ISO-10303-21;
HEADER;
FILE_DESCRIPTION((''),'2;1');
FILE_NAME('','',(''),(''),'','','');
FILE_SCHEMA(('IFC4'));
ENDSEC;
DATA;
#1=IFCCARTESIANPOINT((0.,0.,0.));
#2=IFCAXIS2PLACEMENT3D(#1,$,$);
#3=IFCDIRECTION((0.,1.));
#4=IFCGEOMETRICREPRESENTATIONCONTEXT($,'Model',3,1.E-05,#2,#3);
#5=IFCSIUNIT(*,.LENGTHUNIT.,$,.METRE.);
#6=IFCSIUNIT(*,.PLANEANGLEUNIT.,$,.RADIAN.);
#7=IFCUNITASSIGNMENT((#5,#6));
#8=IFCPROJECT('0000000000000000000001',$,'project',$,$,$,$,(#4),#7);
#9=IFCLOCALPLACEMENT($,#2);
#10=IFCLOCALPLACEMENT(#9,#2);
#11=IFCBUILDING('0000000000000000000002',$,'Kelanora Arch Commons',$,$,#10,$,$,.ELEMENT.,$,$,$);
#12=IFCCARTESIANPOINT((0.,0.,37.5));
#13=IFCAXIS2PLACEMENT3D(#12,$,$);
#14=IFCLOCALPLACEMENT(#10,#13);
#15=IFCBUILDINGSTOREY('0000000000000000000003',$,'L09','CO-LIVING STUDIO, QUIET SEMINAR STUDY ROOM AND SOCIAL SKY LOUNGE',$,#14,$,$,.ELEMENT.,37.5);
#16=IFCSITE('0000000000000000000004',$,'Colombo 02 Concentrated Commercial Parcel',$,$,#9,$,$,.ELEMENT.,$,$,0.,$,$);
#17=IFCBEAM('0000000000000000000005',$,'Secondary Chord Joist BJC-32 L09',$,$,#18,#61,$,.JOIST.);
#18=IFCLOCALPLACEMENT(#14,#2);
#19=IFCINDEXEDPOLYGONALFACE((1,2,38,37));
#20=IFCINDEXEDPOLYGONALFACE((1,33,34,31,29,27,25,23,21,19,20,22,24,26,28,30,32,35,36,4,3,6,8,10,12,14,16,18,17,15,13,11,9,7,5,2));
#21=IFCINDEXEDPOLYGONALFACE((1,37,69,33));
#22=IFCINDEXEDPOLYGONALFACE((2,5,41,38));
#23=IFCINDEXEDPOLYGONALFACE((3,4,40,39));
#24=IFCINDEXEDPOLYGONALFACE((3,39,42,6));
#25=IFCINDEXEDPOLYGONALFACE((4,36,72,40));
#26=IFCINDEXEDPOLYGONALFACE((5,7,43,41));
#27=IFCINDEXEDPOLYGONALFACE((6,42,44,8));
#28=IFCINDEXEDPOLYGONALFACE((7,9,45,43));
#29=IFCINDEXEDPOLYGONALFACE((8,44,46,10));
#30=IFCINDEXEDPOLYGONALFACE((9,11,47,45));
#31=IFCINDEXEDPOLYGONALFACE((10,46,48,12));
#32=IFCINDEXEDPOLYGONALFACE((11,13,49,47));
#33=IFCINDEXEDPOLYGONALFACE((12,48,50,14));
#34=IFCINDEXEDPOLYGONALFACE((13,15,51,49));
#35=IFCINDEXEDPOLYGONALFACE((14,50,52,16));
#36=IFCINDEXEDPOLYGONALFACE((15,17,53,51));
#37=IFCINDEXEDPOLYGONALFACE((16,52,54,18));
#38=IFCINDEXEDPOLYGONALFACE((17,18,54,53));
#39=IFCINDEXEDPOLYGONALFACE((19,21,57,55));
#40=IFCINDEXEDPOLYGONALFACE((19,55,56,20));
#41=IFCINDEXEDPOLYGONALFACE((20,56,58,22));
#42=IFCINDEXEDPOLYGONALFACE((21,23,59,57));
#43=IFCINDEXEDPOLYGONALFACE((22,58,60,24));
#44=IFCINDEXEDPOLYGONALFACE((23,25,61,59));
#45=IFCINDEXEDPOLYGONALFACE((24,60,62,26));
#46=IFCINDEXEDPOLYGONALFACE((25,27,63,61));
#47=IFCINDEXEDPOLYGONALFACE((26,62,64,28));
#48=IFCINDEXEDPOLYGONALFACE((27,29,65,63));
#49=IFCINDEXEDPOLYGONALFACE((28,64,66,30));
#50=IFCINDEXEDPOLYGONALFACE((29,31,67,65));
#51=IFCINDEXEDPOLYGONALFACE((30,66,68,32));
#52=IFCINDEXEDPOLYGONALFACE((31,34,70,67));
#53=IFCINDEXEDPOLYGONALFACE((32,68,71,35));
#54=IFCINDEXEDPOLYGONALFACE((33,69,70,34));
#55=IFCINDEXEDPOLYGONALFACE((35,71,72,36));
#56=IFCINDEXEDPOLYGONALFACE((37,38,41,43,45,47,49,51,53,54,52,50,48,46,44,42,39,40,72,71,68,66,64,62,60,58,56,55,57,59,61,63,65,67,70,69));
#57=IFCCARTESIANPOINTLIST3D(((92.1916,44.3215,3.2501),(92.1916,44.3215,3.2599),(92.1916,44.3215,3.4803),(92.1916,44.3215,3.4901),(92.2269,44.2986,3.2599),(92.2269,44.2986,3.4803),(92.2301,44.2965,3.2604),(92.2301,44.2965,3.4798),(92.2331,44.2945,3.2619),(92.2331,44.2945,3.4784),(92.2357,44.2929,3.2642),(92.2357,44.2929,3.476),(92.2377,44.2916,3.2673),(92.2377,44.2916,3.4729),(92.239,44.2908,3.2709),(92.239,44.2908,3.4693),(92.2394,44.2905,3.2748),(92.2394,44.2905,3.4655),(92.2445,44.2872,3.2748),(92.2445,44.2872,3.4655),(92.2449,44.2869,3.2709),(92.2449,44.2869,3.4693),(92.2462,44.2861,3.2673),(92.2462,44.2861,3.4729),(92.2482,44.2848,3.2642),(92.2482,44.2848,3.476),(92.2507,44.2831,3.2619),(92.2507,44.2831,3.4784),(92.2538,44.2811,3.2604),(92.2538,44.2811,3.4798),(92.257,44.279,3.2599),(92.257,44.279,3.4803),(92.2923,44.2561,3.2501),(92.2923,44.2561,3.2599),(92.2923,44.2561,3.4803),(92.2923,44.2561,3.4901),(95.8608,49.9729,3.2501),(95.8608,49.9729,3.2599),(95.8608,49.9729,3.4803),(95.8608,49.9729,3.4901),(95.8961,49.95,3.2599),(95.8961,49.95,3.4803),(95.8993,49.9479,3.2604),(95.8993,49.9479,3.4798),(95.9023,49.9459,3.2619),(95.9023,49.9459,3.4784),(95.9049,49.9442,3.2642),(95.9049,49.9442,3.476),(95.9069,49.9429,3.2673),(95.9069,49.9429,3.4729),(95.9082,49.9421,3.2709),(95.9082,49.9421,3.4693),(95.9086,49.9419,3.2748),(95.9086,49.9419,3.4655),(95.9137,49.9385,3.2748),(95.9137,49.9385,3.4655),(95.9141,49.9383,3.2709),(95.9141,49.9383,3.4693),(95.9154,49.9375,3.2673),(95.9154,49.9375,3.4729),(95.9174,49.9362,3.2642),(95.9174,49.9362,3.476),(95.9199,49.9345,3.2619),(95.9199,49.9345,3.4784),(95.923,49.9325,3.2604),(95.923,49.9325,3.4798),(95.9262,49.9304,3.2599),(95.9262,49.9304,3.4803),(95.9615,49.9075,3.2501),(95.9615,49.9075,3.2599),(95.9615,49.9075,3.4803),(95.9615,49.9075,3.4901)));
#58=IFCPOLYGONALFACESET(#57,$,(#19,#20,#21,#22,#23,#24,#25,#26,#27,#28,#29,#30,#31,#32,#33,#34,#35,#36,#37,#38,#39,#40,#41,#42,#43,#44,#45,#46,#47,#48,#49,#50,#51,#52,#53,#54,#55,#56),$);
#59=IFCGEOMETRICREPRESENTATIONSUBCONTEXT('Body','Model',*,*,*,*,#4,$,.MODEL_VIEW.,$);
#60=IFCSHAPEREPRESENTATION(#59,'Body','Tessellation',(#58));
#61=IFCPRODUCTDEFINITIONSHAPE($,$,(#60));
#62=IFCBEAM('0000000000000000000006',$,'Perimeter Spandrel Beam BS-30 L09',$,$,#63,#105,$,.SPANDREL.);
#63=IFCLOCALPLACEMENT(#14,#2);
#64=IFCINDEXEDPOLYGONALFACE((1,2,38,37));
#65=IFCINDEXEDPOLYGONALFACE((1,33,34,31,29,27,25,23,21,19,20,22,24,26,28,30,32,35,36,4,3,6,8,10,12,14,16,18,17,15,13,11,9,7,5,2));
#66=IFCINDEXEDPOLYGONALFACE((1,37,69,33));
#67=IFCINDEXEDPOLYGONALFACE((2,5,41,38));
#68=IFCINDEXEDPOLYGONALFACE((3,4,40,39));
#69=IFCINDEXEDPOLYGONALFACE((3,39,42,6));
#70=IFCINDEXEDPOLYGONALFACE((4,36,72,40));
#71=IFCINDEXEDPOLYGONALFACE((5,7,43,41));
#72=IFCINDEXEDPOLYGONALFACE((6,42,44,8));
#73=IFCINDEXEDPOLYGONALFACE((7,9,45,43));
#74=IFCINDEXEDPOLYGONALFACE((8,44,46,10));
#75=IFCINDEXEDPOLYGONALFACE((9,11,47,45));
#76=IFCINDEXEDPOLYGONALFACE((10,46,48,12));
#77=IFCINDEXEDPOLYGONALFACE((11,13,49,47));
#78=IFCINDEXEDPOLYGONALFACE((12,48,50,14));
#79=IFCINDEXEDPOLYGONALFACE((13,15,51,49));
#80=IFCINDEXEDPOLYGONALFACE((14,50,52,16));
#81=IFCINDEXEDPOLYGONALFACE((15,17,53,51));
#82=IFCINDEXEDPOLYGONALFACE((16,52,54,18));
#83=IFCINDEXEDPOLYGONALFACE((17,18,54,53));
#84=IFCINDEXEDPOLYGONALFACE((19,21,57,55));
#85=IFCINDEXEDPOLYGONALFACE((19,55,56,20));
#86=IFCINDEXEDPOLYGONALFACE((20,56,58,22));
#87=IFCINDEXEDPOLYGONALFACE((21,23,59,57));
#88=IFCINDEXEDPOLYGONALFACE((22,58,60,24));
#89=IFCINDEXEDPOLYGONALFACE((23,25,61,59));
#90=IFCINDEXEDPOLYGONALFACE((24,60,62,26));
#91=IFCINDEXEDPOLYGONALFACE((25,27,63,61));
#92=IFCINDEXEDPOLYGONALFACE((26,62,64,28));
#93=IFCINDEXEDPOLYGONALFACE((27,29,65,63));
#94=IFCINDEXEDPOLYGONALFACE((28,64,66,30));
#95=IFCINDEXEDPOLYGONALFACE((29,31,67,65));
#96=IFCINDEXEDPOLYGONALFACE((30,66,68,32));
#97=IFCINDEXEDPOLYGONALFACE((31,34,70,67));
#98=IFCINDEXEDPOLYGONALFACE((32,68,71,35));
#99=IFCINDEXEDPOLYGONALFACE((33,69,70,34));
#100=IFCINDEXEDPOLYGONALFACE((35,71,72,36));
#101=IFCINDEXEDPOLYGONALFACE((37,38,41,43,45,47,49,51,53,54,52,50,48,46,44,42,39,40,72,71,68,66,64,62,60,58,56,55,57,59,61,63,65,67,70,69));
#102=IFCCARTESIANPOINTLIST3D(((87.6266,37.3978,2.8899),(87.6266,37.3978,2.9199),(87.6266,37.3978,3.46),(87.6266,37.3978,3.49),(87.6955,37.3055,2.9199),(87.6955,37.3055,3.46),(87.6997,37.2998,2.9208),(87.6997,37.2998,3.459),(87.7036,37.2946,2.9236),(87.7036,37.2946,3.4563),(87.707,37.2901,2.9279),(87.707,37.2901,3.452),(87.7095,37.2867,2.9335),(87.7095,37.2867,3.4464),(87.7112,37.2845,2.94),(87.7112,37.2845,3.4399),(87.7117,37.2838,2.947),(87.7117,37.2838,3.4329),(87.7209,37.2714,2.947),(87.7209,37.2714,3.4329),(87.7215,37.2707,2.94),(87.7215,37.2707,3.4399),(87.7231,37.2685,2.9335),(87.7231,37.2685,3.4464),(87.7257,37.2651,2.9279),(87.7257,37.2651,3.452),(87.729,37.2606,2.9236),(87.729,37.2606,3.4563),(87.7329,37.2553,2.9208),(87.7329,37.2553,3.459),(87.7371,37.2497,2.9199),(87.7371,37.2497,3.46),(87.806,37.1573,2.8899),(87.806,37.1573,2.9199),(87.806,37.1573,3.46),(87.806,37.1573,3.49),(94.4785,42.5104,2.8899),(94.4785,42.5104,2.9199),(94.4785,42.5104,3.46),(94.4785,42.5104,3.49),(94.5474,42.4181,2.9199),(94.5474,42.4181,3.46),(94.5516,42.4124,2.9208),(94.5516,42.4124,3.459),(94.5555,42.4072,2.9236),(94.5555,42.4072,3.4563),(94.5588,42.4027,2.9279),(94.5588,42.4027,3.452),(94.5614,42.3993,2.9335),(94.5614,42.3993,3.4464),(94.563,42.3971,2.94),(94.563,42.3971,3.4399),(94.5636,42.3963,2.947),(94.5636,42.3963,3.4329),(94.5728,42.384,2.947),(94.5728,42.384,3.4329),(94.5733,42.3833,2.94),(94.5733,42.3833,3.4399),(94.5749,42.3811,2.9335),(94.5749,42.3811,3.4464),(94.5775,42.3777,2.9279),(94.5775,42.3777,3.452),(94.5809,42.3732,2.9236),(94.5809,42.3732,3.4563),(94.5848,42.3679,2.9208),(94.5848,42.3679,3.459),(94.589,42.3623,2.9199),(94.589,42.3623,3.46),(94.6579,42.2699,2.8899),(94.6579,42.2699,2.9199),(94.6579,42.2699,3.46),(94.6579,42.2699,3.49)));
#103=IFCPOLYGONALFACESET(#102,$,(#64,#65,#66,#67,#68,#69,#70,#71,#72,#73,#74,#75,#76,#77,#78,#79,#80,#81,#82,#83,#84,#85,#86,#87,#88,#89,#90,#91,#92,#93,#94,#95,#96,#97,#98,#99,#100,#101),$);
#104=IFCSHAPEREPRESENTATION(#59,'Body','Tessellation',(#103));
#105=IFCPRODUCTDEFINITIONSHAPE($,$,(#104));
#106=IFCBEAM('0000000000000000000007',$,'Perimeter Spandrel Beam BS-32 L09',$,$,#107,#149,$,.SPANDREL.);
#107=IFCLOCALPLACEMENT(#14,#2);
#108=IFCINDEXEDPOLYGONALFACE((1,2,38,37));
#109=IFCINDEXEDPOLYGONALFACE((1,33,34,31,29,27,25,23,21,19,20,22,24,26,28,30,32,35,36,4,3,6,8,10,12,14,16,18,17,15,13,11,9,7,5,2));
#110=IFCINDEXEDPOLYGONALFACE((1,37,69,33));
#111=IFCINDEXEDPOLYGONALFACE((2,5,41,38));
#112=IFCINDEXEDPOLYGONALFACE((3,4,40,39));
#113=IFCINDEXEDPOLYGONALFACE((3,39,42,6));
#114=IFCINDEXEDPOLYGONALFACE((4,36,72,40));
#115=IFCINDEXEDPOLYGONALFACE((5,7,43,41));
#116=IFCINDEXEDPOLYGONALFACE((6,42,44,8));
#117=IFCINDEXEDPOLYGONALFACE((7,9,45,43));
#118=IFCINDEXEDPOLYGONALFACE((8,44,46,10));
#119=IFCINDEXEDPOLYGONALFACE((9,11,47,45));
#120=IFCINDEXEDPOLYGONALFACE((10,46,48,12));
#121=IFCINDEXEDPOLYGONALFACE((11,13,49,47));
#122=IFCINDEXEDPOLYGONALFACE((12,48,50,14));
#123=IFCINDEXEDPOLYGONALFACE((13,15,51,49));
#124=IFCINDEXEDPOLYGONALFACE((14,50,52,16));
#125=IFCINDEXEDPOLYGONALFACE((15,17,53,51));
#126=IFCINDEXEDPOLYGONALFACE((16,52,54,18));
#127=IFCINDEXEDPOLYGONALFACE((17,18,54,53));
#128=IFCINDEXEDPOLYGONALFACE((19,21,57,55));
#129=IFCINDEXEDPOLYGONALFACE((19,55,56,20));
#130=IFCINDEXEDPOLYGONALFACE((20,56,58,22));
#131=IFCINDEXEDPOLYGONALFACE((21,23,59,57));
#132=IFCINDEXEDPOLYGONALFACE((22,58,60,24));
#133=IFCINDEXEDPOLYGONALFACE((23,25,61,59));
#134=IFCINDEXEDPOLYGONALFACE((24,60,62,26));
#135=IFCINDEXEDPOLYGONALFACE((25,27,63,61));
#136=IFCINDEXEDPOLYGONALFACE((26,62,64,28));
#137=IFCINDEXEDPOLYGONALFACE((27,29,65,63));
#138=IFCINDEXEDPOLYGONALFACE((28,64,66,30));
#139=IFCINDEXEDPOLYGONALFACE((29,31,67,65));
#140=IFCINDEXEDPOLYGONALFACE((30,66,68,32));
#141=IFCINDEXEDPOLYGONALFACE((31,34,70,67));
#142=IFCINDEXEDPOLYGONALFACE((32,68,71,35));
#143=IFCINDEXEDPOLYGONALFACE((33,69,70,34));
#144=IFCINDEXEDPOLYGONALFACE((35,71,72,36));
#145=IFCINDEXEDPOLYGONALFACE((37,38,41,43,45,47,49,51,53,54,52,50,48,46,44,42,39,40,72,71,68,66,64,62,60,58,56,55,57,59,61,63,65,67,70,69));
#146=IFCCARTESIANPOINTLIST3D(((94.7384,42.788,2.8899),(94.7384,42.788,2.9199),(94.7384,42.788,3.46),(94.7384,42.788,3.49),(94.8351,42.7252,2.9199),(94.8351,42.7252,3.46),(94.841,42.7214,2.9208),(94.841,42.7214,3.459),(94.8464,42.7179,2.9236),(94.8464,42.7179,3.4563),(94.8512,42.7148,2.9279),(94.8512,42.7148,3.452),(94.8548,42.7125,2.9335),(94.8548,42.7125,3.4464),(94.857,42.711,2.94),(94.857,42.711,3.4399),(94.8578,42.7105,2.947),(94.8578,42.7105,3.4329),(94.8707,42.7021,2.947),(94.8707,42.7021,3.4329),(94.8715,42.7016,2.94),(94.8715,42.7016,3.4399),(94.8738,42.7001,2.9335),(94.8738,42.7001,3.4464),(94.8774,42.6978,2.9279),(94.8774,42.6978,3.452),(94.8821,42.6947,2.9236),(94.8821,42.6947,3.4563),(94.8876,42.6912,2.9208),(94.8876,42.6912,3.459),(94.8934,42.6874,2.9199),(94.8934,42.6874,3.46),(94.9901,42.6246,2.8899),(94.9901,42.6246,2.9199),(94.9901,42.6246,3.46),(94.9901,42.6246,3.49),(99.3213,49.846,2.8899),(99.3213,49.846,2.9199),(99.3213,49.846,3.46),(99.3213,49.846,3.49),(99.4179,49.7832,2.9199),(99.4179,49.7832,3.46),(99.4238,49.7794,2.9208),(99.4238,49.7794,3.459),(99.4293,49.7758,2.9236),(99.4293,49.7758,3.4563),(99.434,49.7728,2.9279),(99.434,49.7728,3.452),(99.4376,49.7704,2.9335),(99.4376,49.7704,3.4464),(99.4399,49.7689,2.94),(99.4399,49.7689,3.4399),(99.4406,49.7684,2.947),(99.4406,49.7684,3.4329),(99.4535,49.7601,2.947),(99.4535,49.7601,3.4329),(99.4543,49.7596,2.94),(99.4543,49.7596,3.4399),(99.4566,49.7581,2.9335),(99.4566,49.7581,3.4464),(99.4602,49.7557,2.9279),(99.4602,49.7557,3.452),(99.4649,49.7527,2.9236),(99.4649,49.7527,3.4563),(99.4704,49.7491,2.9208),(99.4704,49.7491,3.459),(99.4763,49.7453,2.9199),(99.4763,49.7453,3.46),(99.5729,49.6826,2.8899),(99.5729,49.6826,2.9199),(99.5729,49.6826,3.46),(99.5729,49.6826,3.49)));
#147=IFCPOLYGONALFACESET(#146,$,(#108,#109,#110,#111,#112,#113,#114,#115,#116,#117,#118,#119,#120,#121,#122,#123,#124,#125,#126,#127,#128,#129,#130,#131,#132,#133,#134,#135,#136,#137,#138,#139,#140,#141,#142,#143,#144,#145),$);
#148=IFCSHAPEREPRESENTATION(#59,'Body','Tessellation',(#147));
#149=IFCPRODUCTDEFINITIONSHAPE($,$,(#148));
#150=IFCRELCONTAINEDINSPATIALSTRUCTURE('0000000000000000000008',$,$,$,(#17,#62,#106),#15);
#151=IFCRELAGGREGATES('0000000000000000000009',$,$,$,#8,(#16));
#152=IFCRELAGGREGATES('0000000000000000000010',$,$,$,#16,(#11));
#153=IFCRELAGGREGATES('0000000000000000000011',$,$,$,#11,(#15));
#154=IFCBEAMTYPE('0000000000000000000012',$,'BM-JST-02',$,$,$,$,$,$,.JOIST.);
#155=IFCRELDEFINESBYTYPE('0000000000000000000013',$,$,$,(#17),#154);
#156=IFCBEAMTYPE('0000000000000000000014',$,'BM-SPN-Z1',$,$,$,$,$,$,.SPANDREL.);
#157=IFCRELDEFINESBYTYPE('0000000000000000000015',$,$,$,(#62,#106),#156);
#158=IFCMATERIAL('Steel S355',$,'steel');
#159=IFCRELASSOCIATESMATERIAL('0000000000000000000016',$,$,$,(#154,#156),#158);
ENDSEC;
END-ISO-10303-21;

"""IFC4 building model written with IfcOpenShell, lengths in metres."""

from ifc_helpers import new_model, si_unit, direction, frame, origin, origin_2d, place, context, subcontext, project, spatial, i_section, extrude, material, material_profile, profile_set, type_object, element, save


model = new_model("IFC4")

# Units and contexts
model_context = context("Model", 3, precision=1e-05, world=origin(), true_north=direction((0.0, 1.0)))
body_context = subcontext(model_context, "Body", "Model", "MODEL_VIEW")
ifc_project = project(units=[si_unit("LENGTHUNIT", "METRE"), si_unit("PLANEANGLEUNIT", "RADIAN")], contexts=[model_context])

# Site, building, storey
site_placement = place(None, origin())
site = spatial("IfcSite", under=ifc_project, at=site_placement, Name="Colombo 02 Concentrated Commercial Parcel", CompositionType="ELEMENT", RefElevation=0.0)
building_placement = place(site_placement, origin())
building = spatial("IfcBuilding", under=site, at=building_placement, Name="Kelanora Arch Commons", CompositionType="ELEMENT")
storey_placement = place(building_placement, frame((0.0, 0.0, 37.5)))
storey = spatial("IfcBuildingStorey", under=building, at=storey_placement, Name="L09", Description="CO-LIVING STUDIO, QUIET SEMINAR STUDY ROOM AND SOCIAL SKY LOUNGE", CompositionType="ELEMENT", Elevation=37.5)

# Beams
ifc_material_1 = material(Name="Steel S355", Category="steel")
ifc_material_profile_1 = material_profile(ifc_material_1, i_section(OverallWidth=0.1201, OverallDepth=0.24, WebThickness=0.0061, FlangeThickness=0.0098, FilletRadius=0.0149, at=origin_2d()), Name="IPE240")
ifc_profile_set_1 = profile_set([ifc_material_profile_1], Name="Steel S355")
beam_type_1 = type_object("IfcBeamType", Name="BM-JST-02", PredefinedType="JOIST", material=ifc_profile_set_1)
beam_1_placement = place(storey_placement, frame((92.2419, 44.2888, 3.3701), z_axis=(0.54455, 0.838728, 0.0), x_axis=(-0.838728, 0.54455, 0.0)))
element("IfcBeam", 1, at=beam_1_placement, inside=storey, type_object=beam_type_1, Name="Secondary Chord Joist BJC-32 L09", PredefinedType="JOIST", context=body_context, shape_type="SweptSolid", body=[
    extrude(i_section(OverallWidth=0.1201, OverallDepth=0.24, WebThickness=0.0061, FlangeThickness=0.0098, FilletRadius=0.0149, at=origin_2d()), origin(), (0.0, 0.0, 1.0), 6.738),
])
ifc_material_profile_2 = material_profile(ifc_material_1, i_section(OverallWidth=0.3, OverallDepth=0.6001, WebThickness=0.0154, FlangeThickness=0.03, FilletRadius=0.0271, at=origin_2d()), Name="HEB600")
ifc_profile_set_2 = profile_set([ifc_material_profile_2], Name="Steel S355")
beam_type_2 = type_object("IfcBeamType", Name="BM-SPN-Z1", PredefinedType="SPANDREL", material=ifc_profile_set_2)
beam_2_placement = place(storey_placement, frame((87.7163, 37.2776, 3.1899), z_axis=(0.801475, 0.598029, 0.0), x_axis=(-0.598029, 0.801475, 0.0)))
element("IfcBeam", 2, at=beam_2_placement, inside=storey, type_object=beam_type_2, Name="Perimeter Spandrel Beam BS-30 L09", PredefinedType="SPANDREL", context=body_context, shape_type="SweptSolid", body=[
    extrude(i_section(OverallWidth=0.3, OverallDepth=0.6001, WebThickness=0.0154, FlangeThickness=0.03, FilletRadius=0.0271, at=origin_2d()), origin(), (0.0, 0.0, 1.0), 8.5491),
])
beam_3_placement = place(storey_placement, frame((94.8643, 42.7063, 3.1899), z_axis=(0.544583, 0.838707, 0.0), x_axis=(-0.838707, 0.544583, 0.0)))
element("IfcBeam", 3, at=beam_3_placement, inside=storey, type_object=beam_type_2, Name="Perimeter Spandrel Beam BS-32 L09", PredefinedType="SPANDREL", context=body_context, shape_type="SweptSolid", body=[
    extrude(i_section(OverallWidth=0.3, OverallDepth=0.6001, WebThickness=0.0154, FlangeThickness=0.03, FilletRadius=0.0271, at=origin_2d()), origin(), (0.0, 0.0, 1.0), 8.4153),
])

save(model, "model.ifc")
